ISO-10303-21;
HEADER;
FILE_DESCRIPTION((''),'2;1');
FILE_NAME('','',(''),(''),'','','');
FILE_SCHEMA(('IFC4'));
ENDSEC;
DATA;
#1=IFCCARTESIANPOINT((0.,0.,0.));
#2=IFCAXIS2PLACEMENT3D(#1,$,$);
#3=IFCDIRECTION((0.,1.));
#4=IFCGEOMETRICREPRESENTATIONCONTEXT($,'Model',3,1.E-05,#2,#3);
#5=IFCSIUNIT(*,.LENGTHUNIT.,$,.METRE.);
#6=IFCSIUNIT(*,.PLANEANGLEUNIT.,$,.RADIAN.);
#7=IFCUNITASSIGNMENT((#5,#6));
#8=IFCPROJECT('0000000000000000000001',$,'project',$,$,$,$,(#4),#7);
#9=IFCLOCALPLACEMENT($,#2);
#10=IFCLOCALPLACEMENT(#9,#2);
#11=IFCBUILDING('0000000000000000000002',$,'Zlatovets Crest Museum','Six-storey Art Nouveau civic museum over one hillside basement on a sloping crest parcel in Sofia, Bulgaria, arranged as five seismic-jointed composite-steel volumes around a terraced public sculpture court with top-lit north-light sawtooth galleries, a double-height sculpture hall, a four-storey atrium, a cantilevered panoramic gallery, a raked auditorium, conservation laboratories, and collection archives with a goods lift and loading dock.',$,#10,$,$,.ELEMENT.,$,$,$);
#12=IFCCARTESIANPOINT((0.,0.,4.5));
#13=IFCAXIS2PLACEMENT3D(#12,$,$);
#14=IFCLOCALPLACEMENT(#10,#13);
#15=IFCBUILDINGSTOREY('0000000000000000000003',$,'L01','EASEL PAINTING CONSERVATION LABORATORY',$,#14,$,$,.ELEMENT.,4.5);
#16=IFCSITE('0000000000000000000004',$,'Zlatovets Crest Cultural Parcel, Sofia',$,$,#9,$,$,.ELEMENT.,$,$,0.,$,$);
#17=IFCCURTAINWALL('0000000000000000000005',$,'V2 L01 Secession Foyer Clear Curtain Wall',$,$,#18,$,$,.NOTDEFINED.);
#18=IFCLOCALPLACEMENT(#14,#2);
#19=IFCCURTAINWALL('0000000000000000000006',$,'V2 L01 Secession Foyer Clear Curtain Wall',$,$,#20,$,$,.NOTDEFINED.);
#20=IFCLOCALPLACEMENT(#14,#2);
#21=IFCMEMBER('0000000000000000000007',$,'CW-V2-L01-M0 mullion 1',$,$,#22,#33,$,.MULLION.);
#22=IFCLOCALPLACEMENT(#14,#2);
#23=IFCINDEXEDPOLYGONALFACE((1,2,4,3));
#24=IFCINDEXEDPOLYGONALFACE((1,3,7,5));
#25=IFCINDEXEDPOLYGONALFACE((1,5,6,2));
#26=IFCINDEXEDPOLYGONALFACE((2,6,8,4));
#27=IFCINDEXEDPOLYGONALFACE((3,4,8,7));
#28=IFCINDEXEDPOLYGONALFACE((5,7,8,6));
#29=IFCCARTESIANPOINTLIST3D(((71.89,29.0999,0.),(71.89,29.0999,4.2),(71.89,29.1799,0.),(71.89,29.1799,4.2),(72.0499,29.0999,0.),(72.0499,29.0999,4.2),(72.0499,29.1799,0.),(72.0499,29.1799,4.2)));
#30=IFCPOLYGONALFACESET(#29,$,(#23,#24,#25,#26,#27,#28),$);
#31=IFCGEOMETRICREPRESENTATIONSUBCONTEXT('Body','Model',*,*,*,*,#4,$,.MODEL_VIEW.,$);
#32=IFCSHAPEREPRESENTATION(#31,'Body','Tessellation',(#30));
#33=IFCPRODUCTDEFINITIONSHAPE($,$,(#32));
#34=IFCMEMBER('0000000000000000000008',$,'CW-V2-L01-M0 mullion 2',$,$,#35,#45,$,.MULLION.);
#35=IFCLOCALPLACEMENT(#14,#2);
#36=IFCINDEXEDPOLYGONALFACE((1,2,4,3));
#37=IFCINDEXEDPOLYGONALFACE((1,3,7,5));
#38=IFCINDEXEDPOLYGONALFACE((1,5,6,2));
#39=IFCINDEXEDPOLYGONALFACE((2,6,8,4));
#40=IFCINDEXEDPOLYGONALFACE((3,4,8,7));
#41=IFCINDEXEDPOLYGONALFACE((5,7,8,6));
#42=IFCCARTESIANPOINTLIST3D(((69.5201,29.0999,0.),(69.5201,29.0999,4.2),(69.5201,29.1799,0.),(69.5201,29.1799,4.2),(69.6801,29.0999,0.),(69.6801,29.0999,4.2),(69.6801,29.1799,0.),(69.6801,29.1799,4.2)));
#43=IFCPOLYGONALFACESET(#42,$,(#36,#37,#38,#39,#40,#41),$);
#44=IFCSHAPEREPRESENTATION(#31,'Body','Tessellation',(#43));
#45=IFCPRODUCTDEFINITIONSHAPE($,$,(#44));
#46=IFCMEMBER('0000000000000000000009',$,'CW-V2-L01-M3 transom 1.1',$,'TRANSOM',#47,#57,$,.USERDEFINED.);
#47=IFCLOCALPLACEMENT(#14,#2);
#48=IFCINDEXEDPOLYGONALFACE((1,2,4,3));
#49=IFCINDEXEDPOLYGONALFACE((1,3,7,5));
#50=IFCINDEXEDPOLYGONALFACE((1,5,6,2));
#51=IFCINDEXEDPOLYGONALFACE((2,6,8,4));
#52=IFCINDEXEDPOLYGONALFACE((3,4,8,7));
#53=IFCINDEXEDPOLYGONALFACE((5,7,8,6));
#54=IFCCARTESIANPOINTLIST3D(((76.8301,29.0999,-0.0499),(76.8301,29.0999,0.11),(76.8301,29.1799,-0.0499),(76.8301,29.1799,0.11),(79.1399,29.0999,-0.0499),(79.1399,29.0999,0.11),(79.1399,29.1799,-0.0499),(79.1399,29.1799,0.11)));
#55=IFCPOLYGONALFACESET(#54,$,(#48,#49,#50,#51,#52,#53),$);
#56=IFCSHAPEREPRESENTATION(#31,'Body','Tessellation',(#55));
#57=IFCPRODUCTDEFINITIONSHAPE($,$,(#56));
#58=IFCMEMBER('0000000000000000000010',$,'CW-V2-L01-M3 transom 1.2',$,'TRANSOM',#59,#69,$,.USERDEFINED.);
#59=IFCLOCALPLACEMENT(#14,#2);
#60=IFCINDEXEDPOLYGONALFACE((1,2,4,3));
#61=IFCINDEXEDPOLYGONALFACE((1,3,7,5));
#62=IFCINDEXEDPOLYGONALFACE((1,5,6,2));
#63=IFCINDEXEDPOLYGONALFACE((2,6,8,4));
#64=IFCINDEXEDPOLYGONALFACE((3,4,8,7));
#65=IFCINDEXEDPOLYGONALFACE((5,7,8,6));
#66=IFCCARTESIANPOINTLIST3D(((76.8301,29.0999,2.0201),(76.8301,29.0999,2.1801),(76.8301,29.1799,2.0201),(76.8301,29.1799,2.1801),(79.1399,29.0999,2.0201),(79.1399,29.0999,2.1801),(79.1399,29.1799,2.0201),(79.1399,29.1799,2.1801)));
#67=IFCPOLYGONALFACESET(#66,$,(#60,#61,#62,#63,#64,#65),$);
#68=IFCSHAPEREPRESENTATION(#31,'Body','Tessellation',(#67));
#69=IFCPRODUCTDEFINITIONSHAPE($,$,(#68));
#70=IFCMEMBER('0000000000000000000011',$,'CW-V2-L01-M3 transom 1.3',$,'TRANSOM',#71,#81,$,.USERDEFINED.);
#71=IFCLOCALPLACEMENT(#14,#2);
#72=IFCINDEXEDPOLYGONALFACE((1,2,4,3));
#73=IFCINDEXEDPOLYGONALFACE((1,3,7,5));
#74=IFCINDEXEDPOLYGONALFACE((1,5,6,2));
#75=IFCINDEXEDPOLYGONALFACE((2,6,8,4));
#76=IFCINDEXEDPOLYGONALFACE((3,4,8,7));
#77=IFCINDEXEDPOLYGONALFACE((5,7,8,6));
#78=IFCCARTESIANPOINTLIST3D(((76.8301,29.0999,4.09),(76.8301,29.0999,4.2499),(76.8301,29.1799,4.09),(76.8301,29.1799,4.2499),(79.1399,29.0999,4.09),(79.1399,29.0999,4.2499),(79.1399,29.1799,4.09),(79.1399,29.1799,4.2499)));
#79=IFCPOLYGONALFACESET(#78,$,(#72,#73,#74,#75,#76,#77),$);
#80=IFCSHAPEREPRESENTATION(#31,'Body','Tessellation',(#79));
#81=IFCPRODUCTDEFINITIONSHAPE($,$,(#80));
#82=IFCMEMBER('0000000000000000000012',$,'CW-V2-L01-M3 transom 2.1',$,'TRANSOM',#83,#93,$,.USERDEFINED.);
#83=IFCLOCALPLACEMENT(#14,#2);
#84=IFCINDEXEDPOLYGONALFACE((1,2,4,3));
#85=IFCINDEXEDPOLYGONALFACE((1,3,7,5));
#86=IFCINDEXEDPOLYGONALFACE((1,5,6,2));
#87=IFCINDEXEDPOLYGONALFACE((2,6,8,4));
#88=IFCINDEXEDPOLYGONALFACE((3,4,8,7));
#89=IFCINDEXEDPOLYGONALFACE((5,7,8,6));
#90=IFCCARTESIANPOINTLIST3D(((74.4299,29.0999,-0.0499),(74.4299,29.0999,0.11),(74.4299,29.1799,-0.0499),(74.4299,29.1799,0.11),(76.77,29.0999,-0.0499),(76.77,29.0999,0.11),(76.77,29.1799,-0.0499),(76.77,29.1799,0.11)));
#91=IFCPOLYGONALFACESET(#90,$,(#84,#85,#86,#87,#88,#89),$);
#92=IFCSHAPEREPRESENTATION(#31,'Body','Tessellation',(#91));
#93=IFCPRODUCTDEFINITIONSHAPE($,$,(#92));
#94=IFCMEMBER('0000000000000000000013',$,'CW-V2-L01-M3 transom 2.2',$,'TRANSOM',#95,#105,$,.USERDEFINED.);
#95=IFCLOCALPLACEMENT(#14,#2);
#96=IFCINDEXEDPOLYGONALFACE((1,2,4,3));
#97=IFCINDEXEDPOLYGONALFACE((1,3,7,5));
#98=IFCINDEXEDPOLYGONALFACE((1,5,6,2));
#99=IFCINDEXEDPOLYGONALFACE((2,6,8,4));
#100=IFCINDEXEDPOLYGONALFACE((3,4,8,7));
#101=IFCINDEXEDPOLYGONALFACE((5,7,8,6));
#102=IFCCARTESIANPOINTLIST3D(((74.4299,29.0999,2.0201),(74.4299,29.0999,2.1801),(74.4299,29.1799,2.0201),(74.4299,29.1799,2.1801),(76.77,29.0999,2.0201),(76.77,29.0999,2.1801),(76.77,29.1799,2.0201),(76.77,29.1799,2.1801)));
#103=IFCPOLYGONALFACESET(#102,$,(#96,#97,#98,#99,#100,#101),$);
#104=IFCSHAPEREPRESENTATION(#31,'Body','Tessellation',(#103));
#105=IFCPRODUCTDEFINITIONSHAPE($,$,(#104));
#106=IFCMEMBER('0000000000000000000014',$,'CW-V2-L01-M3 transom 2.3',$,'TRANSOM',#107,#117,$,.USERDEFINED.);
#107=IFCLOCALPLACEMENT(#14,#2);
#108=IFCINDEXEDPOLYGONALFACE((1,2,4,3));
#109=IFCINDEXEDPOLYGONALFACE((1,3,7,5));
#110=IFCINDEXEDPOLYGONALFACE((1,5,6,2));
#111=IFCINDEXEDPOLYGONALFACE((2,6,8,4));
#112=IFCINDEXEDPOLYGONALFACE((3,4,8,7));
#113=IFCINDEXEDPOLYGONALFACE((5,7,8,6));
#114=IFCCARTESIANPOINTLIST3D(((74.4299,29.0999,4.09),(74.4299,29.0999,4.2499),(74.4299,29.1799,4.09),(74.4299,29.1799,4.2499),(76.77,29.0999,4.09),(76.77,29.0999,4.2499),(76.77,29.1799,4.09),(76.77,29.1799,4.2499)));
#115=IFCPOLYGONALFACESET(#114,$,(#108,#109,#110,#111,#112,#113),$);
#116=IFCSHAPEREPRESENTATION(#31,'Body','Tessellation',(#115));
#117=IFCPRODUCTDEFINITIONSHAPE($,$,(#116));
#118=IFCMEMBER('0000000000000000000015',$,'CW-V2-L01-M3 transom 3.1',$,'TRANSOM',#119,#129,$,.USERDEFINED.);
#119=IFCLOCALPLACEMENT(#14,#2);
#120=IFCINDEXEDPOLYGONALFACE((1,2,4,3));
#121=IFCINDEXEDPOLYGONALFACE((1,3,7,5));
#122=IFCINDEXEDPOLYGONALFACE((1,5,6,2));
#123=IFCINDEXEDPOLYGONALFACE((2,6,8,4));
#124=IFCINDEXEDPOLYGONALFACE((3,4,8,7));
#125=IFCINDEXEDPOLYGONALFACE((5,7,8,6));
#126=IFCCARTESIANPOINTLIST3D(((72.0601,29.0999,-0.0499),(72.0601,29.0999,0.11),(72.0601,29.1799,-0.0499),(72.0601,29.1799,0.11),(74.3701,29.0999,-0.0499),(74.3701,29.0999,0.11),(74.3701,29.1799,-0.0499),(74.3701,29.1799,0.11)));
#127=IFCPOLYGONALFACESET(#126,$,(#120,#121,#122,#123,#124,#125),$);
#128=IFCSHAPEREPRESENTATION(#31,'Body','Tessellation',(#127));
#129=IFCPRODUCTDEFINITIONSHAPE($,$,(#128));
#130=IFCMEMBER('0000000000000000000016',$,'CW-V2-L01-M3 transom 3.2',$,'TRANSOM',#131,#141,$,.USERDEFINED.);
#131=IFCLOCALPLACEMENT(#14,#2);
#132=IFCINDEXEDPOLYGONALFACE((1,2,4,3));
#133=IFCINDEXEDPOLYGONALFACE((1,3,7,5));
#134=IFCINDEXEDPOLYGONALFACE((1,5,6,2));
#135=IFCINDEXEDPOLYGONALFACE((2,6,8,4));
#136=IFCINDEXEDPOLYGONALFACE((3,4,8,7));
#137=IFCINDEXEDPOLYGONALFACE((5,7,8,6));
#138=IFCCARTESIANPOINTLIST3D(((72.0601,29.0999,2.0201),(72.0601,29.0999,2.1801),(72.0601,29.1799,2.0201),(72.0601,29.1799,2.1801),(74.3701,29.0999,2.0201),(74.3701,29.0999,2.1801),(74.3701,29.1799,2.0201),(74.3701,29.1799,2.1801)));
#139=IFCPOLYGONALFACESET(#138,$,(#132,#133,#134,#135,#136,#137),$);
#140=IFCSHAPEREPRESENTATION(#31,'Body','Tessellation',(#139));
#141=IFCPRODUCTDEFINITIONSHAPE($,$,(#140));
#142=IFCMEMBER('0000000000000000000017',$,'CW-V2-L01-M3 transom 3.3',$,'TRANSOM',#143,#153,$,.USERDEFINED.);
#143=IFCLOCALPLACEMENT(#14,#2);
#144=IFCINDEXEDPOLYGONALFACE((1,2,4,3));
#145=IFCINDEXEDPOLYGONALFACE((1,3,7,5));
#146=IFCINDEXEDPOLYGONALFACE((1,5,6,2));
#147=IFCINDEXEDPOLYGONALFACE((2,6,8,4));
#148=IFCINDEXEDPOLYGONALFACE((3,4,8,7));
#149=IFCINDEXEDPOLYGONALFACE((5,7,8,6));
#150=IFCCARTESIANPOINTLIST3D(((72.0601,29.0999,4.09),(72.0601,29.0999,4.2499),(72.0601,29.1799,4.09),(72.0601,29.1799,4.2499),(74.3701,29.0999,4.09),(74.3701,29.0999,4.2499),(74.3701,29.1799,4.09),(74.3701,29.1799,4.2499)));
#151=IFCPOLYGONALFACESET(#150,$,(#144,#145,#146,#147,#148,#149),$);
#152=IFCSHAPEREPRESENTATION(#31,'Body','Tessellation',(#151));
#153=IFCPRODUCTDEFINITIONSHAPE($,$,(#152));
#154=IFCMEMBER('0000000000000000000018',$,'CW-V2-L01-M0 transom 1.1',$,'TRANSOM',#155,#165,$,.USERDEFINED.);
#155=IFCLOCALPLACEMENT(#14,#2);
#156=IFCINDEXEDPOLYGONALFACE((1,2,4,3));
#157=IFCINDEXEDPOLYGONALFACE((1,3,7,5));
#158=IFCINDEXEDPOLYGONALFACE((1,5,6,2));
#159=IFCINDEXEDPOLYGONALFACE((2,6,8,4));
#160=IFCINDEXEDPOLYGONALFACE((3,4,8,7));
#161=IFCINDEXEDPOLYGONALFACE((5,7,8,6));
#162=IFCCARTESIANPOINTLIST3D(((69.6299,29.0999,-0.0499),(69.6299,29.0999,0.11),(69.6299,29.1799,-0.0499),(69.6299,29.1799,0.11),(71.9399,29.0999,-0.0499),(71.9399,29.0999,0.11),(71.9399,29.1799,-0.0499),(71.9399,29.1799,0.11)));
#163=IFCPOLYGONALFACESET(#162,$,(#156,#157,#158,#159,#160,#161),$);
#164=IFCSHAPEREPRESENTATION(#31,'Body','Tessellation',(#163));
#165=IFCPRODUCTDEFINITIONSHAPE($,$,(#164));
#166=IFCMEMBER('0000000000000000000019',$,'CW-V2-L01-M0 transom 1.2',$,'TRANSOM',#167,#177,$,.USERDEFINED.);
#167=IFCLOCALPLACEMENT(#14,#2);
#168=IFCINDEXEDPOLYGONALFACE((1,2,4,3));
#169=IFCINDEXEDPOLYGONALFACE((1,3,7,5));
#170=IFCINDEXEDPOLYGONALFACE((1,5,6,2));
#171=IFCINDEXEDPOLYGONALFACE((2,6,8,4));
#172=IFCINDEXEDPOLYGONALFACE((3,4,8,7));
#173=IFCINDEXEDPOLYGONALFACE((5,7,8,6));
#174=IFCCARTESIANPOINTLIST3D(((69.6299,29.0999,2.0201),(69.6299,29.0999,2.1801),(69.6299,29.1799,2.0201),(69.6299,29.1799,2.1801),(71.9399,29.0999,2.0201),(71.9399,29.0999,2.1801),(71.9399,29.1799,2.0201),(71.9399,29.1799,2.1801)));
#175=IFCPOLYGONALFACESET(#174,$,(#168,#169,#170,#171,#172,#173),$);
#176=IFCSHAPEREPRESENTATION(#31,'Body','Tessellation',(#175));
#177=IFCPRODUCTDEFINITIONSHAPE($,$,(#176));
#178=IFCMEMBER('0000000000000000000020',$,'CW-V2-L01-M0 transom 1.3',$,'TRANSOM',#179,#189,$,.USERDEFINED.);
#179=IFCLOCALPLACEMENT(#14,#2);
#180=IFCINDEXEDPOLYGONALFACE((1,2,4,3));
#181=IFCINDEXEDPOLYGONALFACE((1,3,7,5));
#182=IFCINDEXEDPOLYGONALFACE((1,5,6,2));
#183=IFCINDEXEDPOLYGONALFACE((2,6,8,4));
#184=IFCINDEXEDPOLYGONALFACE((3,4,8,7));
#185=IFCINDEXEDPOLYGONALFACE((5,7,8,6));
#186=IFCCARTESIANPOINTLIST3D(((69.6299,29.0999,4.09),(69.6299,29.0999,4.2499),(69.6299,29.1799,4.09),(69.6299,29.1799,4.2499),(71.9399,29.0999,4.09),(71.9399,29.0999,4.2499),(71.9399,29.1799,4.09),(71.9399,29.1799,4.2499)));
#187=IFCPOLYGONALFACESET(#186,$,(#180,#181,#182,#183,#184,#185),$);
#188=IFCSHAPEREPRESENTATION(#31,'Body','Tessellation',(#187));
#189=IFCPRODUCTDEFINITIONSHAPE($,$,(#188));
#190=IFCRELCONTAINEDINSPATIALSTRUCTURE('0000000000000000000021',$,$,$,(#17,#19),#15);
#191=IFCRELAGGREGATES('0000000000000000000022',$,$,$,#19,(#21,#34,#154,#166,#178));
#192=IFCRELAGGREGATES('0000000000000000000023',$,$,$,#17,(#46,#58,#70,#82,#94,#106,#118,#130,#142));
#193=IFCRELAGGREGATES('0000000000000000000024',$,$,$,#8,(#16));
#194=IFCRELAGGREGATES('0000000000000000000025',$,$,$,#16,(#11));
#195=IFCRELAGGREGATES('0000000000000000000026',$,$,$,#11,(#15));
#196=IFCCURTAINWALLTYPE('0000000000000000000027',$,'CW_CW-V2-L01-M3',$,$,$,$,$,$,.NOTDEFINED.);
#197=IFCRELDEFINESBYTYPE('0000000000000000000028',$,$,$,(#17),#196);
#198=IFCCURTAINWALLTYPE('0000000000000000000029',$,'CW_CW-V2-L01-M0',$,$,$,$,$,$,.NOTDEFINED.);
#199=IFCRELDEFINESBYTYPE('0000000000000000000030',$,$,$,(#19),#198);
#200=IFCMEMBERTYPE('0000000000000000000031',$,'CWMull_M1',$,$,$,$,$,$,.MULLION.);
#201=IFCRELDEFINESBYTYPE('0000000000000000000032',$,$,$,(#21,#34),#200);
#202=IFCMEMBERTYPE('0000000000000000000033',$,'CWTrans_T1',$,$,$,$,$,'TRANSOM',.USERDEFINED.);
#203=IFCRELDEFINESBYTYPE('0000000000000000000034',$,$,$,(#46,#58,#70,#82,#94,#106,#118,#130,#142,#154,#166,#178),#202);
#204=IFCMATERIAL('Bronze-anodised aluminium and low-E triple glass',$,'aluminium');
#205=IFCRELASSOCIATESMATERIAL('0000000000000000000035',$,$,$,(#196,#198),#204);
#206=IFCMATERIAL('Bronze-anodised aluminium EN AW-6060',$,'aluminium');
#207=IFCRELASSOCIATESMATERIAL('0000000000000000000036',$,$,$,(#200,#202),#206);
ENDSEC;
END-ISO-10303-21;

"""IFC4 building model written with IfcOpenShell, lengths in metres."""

from ifc_helpers import new_model, si_unit, direction, frame, origin, origin_2d, place, context, subcontext, project, spatial, rectangle, extrude, material, material_profile, profile_set, type_object, element, aggregate, save


model = new_model("IFC4")

# Units and contexts
model_context = context("Model", 3, precision=1e-05, world=origin(), true_north=direction((0.0, 1.0)))
body_context = subcontext(model_context, "Body", "Model", "MODEL_VIEW")
ifc_project = project(units=[si_unit("LENGTHUNIT", "METRE"), si_unit("PLANEANGLEUNIT", "RADIAN")], contexts=[model_context])

# Site, building, storey
site_placement = place(None, origin())
site = spatial("IfcSite", under=ifc_project, at=site_placement, Name="Zlatovets Crest Cultural Parcel, Sofia", CompositionType="ELEMENT", RefElevation=0.0)
building_placement = place(site_placement, origin())
building = spatial("IfcBuilding", under=site, at=building_placement, Name="Zlatovets Crest Museum", Description="Six-storey Art Nouveau civic museum over one hillside basement on a sloping crest parcel in Sofia, Bulgaria, arranged as five seismic-jointed composite-steel volumes around a terraced public sculpture court with top-lit north-light sawtooth galleries, a double-height sculpture hall, a four-storey atrium, a cantilevered panoramic gallery, a raked auditorium, conservation laboratories, and collection archives with a goods lift and loading dock.", CompositionType="ELEMENT")
storey_placement = place(building_placement, frame((0.0, 0.0, 4.5)))
storey = spatial("IfcBuildingStorey", under=building, at=storey_placement, Name="L01", Description="EASEL PAINTING CONSERVATION LABORATORY", CompositionType="ELEMENT", Elevation=4.5)

# Curtain walls, members
ifc_material_1 = material(Name="Bronze-anodised aluminium and low-E triple glass", Category="aluminium")
curtain_wall_type_1 = type_object("IfcCurtainWallType", Name="CW_CW-V2-L01-M3", PredefinedType="NOTDEFINED", material=ifc_material_1)
curtain_wall_1_placement = place(storey_placement, origin())
curtain_wall_1 = element("IfcCurtainWall", 1, at=curtain_wall_1_placement, inside=storey, type_object=curtain_wall_type_1, Name="V2 L01 Secession Foyer Clear Curtain Wall", PredefinedType="NOTDEFINED")
ifc_material_2 = material(Name="Bronze-anodised aluminium EN AW-6060", Category="aluminium")
ifc_material_profile_1 = material_profile(ifc_material_2, rectangle(XDim=0.0801, YDim=0.1599, at=origin_2d()), Name="ALU 80x160")
ifc_profile_set_1 = profile_set([ifc_material_profile_1], Name="Bronze-anodised aluminium EN AW-6060")
member_type_1 = type_object("IfcMemberType", Name="CWMull_M1", PredefinedType="MULLION", material=ifc_profile_set_1)
curtain_wall_type_2 = type_object("IfcCurtainWallType", Name="CW_CW-V2-L01-M0", PredefinedType="NOTDEFINED", material=ifc_material_1)
curtain_wall_2_placement = place(storey_placement, origin())
curtain_wall_2 = element("IfcCurtainWall", 2, at=curtain_wall_2_placement, inside=storey, type_object=curtain_wall_type_2, Name="V2 L01 Secession Foyer Clear Curtain Wall", PredefinedType="NOTDEFINED")
member_1_placement = place(storey_placement, frame((71.97, 29.1399, 0.0), z_axis=(0.0, 0.0, 1.0), x_axis=(0.0, -1.0, 0.0)))
member_1 = element("IfcMember", 3, at=member_1_placement, type_object=member_type_1, Name="CW-V2-L01-M0 mullion 1", PredefinedType="MULLION", context=body_context, shape_type="SweptSolid", body=[
    extrude(rectangle(XDim=0.0801, YDim=0.1599, at=origin_2d()), origin(), (0.0, 0.0, 1.0), 4.2),
])
member_2_placement = place(storey_placement, frame((69.6001, 29.1399, 0.0), z_axis=(0.0, 0.0, 1.0), x_axis=(0.0, -1.0, 0.0)))
member_2 = element("IfcMember", 4, at=member_2_placement, type_object=member_type_1, Name="CW-V2-L01-M0 mullion 2", PredefinedType="MULLION", context=body_context, shape_type="SweptSolid", body=[
    extrude(rectangle(XDim=0.0801, YDim=0.1599, at=origin_2d()), origin(), (0.0, 0.0, 1.0), 4.2),
])

# Members
ifc_material_profile_2 = material_profile(ifc_material_2, rectangle(XDim=0.0801, YDim=0.1599, at=origin_2d()), Name="ALU 80x160")
ifc_profile_set_2 = profile_set([ifc_material_profile_2], Name="Bronze-anodised aluminium EN AW-6060")
member_type_2 = type_object("IfcMemberType", Name="CWTrans_T1", ElementType="TRANSOM", PredefinedType="USERDEFINED", material=ifc_profile_set_2)
member_3_placement = place(storey_placement, frame((79.1399, 29.1399, 0.03), z_axis=(-1.0, 0.0, 0.0), x_axis=(0.0, -1.0, 0.0)))
member_3 = element("IfcMember", 5, at=member_3_placement, type_object=member_type_2, Name="CW-V2-L01-M3 transom 1.1", ObjectType="TRANSOM", PredefinedType="USERDEFINED", context=body_context, shape_type="SweptSolid", body=[
    extrude(rectangle(XDim=0.0801, YDim=0.1599, at=origin_2d()), origin(), (0.0, 0.0, 1.0), 2.3098),
])
member_4_placement = place(storey_placement, frame((79.1399, 29.1399, 2.1001), z_axis=(-1.0, 0.0, 0.0), x_axis=(0.0, -1.0, 0.0)))
member_4 = element("IfcMember", 6, at=member_4_placement, type_object=member_type_2, Name="CW-V2-L01-M3 transom 1.2", ObjectType="TRANSOM", PredefinedType="USERDEFINED", context=body_context, shape_type="SweptSolid", body=[
    extrude(rectangle(XDim=0.0801, YDim=0.1599, at=origin_2d()), origin(), (0.0, 0.0, 1.0), 2.3098),
])
member_5_placement = place(storey_placement, frame((79.1399, 29.1399, 4.1699), z_axis=(-1.0, 0.0, 0.0), x_axis=(0.0, -1.0, 0.0)))
member_5 = element("IfcMember", 7, at=member_5_placement, type_object=member_type_2, Name="CW-V2-L01-M3 transom 1.3", ObjectType="TRANSOM", PredefinedType="USERDEFINED", context=body_context, shape_type="SweptSolid", body=[
    extrude(rectangle(XDim=0.0801, YDim=0.1599, at=origin_2d()), origin(), (0.0, 0.0, 1.0), 2.3098),
])
member_6_placement = place(storey_placement, frame((76.77, 29.1399, 0.03), z_axis=(-1.0, 0.0, 0.0), x_axis=(0.0, -1.0, 0.0)))
member_6 = element("IfcMember", 8, at=member_6_placement, type_object=member_type_2, Name="CW-V2-L01-M3 transom 2.1", ObjectType="TRANSOM", PredefinedType="USERDEFINED", context=body_context, shape_type="SweptSolid", body=[
    extrude(rectangle(XDim=0.0801, YDim=0.1599, at=origin_2d()), origin(), (0.0, 0.0, 1.0), 2.3401),
])
member_7_placement = place(storey_placement, frame((76.77, 29.1399, 2.1001), z_axis=(-1.0, 0.0, 0.0), x_axis=(0.0, -1.0, 0.0)))
member_7 = element("IfcMember", 9, at=member_7_placement, type_object=member_type_2, Name="CW-V2-L01-M3 transom 2.2", ObjectType="TRANSOM", PredefinedType="USERDEFINED", context=body_context, shape_type="SweptSolid", body=[
    extrude(rectangle(XDim=0.0801, YDim=0.1599, at=origin_2d()), origin(), (0.0, 0.0, 1.0), 2.3401),
])
member_8_placement = place(storey_placement, frame((76.77, 29.1399, 4.1699), z_axis=(-1.0, 0.0, 0.0), x_axis=(0.0, -1.0, 0.0)))
member_8 = element("IfcMember", 10, at=member_8_placement, type_object=member_type_2, Name="CW-V2-L01-M3 transom 2.3", ObjectType="TRANSOM", PredefinedType="USERDEFINED", context=body_context, shape_type="SweptSolid", body=[
    extrude(rectangle(XDim=0.0801, YDim=0.1599, at=origin_2d()), origin(), (0.0, 0.0, 1.0), 2.3401),
])
member_9_placement = place(storey_placement, frame((74.3701, 29.1399, 0.03), z_axis=(-1.0, 0.0, 0.0), x_axis=(0.0, -1.0, 0.0)))
member_9 = element("IfcMember", 11, at=member_9_placement, type_object=member_type_2, Name="CW-V2-L01-M3 transom 3.1", ObjectType="TRANSOM", PredefinedType="USERDEFINED", context=body_context, shape_type="SweptSolid", body=[
    extrude(rectangle(XDim=0.0801, YDim=0.1599, at=origin_2d()), origin(), (0.0, 0.0, 1.0), 2.3101),
])
member_10_placement = place(storey_placement, frame((74.3701, 29.1399, 2.1001), z_axis=(-1.0, 0.0, 0.0), x_axis=(0.0, -1.0, 0.0)))
member_10 = element("IfcMember", 12, at=member_10_placement, type_object=member_type_2, Name="CW-V2-L01-M3 transom 3.2", ObjectType="TRANSOM", PredefinedType="USERDEFINED", context=body_context, shape_type="SweptSolid", body=[
    extrude(rectangle(XDim=0.0801, YDim=0.1599, at=origin_2d()), origin(), (0.0, 0.0, 1.0), 2.3101),
])
member_11_placement = place(storey_placement, frame((74.3701, 29.1399, 4.1699), z_axis=(-1.0, 0.0, 0.0), x_axis=(0.0, -1.0, 0.0)))
member_11 = element("IfcMember", 13, at=member_11_placement, type_object=member_type_2, Name="CW-V2-L01-M3 transom 3.3", ObjectType="TRANSOM", PredefinedType="USERDEFINED", context=body_context, shape_type="SweptSolid", body=[
    extrude(rectangle(XDim=0.0801, YDim=0.1599, at=origin_2d()), origin(), (0.0, 0.0, 1.0), 2.3101),
])
member_12_placement = place(storey_placement, frame((71.9399, 29.1399, 0.03), z_axis=(-1.0, 0.0, 0.0), x_axis=(0.0, -1.0, 0.0)))
member_12 = element("IfcMember", 14, at=member_12_placement, type_object=member_type_2, Name="CW-V2-L01-M0 transom 1.1", ObjectType="TRANSOM", PredefinedType="USERDEFINED", context=body_context, shape_type="SweptSolid", body=[
    extrude(rectangle(XDim=0.0801, YDim=0.1599, at=origin_2d()), origin(), (0.0, 0.0, 1.0), 2.3101),
])
member_13_placement = place(storey_placement, frame((71.9399, 29.1399, 2.1001), z_axis=(-1.0, 0.0, 0.0), x_axis=(0.0, -1.0, 0.0)))
member_13 = element("IfcMember", 15, at=member_13_placement, type_object=member_type_2, Name="CW-V2-L01-M0 transom 1.2", ObjectType="TRANSOM", PredefinedType="USERDEFINED", context=body_context, shape_type="SweptSolid", body=[
    extrude(rectangle(XDim=0.0801, YDim=0.1599, at=origin_2d()), origin(), (0.0, 0.0, 1.0), 2.3101),
])
member_14_placement = place(storey_placement, frame((71.9399, 29.1399, 4.1699), z_axis=(-1.0, 0.0, 0.0), x_axis=(0.0, -1.0, 0.0)))
member_14 = element("IfcMember", 16, at=member_14_placement, type_object=member_type_2, Name="CW-V2-L01-M0 transom 1.3", ObjectType="TRANSOM", PredefinedType="USERDEFINED", context=body_context, shape_type="SweptSolid", body=[
    extrude(rectangle(XDim=0.0801, YDim=0.1599, at=origin_2d()), origin(), (0.0, 0.0, 1.0), 2.3101),
])

aggregate(curtain_wall_2, [member_1, member_2, member_12, member_13, member_14])
aggregate(curtain_wall_1, [member_3, member_4, member_5, member_6, member_7, member_8, member_9, member_10, member_11])

save(model, "model.ifc")
